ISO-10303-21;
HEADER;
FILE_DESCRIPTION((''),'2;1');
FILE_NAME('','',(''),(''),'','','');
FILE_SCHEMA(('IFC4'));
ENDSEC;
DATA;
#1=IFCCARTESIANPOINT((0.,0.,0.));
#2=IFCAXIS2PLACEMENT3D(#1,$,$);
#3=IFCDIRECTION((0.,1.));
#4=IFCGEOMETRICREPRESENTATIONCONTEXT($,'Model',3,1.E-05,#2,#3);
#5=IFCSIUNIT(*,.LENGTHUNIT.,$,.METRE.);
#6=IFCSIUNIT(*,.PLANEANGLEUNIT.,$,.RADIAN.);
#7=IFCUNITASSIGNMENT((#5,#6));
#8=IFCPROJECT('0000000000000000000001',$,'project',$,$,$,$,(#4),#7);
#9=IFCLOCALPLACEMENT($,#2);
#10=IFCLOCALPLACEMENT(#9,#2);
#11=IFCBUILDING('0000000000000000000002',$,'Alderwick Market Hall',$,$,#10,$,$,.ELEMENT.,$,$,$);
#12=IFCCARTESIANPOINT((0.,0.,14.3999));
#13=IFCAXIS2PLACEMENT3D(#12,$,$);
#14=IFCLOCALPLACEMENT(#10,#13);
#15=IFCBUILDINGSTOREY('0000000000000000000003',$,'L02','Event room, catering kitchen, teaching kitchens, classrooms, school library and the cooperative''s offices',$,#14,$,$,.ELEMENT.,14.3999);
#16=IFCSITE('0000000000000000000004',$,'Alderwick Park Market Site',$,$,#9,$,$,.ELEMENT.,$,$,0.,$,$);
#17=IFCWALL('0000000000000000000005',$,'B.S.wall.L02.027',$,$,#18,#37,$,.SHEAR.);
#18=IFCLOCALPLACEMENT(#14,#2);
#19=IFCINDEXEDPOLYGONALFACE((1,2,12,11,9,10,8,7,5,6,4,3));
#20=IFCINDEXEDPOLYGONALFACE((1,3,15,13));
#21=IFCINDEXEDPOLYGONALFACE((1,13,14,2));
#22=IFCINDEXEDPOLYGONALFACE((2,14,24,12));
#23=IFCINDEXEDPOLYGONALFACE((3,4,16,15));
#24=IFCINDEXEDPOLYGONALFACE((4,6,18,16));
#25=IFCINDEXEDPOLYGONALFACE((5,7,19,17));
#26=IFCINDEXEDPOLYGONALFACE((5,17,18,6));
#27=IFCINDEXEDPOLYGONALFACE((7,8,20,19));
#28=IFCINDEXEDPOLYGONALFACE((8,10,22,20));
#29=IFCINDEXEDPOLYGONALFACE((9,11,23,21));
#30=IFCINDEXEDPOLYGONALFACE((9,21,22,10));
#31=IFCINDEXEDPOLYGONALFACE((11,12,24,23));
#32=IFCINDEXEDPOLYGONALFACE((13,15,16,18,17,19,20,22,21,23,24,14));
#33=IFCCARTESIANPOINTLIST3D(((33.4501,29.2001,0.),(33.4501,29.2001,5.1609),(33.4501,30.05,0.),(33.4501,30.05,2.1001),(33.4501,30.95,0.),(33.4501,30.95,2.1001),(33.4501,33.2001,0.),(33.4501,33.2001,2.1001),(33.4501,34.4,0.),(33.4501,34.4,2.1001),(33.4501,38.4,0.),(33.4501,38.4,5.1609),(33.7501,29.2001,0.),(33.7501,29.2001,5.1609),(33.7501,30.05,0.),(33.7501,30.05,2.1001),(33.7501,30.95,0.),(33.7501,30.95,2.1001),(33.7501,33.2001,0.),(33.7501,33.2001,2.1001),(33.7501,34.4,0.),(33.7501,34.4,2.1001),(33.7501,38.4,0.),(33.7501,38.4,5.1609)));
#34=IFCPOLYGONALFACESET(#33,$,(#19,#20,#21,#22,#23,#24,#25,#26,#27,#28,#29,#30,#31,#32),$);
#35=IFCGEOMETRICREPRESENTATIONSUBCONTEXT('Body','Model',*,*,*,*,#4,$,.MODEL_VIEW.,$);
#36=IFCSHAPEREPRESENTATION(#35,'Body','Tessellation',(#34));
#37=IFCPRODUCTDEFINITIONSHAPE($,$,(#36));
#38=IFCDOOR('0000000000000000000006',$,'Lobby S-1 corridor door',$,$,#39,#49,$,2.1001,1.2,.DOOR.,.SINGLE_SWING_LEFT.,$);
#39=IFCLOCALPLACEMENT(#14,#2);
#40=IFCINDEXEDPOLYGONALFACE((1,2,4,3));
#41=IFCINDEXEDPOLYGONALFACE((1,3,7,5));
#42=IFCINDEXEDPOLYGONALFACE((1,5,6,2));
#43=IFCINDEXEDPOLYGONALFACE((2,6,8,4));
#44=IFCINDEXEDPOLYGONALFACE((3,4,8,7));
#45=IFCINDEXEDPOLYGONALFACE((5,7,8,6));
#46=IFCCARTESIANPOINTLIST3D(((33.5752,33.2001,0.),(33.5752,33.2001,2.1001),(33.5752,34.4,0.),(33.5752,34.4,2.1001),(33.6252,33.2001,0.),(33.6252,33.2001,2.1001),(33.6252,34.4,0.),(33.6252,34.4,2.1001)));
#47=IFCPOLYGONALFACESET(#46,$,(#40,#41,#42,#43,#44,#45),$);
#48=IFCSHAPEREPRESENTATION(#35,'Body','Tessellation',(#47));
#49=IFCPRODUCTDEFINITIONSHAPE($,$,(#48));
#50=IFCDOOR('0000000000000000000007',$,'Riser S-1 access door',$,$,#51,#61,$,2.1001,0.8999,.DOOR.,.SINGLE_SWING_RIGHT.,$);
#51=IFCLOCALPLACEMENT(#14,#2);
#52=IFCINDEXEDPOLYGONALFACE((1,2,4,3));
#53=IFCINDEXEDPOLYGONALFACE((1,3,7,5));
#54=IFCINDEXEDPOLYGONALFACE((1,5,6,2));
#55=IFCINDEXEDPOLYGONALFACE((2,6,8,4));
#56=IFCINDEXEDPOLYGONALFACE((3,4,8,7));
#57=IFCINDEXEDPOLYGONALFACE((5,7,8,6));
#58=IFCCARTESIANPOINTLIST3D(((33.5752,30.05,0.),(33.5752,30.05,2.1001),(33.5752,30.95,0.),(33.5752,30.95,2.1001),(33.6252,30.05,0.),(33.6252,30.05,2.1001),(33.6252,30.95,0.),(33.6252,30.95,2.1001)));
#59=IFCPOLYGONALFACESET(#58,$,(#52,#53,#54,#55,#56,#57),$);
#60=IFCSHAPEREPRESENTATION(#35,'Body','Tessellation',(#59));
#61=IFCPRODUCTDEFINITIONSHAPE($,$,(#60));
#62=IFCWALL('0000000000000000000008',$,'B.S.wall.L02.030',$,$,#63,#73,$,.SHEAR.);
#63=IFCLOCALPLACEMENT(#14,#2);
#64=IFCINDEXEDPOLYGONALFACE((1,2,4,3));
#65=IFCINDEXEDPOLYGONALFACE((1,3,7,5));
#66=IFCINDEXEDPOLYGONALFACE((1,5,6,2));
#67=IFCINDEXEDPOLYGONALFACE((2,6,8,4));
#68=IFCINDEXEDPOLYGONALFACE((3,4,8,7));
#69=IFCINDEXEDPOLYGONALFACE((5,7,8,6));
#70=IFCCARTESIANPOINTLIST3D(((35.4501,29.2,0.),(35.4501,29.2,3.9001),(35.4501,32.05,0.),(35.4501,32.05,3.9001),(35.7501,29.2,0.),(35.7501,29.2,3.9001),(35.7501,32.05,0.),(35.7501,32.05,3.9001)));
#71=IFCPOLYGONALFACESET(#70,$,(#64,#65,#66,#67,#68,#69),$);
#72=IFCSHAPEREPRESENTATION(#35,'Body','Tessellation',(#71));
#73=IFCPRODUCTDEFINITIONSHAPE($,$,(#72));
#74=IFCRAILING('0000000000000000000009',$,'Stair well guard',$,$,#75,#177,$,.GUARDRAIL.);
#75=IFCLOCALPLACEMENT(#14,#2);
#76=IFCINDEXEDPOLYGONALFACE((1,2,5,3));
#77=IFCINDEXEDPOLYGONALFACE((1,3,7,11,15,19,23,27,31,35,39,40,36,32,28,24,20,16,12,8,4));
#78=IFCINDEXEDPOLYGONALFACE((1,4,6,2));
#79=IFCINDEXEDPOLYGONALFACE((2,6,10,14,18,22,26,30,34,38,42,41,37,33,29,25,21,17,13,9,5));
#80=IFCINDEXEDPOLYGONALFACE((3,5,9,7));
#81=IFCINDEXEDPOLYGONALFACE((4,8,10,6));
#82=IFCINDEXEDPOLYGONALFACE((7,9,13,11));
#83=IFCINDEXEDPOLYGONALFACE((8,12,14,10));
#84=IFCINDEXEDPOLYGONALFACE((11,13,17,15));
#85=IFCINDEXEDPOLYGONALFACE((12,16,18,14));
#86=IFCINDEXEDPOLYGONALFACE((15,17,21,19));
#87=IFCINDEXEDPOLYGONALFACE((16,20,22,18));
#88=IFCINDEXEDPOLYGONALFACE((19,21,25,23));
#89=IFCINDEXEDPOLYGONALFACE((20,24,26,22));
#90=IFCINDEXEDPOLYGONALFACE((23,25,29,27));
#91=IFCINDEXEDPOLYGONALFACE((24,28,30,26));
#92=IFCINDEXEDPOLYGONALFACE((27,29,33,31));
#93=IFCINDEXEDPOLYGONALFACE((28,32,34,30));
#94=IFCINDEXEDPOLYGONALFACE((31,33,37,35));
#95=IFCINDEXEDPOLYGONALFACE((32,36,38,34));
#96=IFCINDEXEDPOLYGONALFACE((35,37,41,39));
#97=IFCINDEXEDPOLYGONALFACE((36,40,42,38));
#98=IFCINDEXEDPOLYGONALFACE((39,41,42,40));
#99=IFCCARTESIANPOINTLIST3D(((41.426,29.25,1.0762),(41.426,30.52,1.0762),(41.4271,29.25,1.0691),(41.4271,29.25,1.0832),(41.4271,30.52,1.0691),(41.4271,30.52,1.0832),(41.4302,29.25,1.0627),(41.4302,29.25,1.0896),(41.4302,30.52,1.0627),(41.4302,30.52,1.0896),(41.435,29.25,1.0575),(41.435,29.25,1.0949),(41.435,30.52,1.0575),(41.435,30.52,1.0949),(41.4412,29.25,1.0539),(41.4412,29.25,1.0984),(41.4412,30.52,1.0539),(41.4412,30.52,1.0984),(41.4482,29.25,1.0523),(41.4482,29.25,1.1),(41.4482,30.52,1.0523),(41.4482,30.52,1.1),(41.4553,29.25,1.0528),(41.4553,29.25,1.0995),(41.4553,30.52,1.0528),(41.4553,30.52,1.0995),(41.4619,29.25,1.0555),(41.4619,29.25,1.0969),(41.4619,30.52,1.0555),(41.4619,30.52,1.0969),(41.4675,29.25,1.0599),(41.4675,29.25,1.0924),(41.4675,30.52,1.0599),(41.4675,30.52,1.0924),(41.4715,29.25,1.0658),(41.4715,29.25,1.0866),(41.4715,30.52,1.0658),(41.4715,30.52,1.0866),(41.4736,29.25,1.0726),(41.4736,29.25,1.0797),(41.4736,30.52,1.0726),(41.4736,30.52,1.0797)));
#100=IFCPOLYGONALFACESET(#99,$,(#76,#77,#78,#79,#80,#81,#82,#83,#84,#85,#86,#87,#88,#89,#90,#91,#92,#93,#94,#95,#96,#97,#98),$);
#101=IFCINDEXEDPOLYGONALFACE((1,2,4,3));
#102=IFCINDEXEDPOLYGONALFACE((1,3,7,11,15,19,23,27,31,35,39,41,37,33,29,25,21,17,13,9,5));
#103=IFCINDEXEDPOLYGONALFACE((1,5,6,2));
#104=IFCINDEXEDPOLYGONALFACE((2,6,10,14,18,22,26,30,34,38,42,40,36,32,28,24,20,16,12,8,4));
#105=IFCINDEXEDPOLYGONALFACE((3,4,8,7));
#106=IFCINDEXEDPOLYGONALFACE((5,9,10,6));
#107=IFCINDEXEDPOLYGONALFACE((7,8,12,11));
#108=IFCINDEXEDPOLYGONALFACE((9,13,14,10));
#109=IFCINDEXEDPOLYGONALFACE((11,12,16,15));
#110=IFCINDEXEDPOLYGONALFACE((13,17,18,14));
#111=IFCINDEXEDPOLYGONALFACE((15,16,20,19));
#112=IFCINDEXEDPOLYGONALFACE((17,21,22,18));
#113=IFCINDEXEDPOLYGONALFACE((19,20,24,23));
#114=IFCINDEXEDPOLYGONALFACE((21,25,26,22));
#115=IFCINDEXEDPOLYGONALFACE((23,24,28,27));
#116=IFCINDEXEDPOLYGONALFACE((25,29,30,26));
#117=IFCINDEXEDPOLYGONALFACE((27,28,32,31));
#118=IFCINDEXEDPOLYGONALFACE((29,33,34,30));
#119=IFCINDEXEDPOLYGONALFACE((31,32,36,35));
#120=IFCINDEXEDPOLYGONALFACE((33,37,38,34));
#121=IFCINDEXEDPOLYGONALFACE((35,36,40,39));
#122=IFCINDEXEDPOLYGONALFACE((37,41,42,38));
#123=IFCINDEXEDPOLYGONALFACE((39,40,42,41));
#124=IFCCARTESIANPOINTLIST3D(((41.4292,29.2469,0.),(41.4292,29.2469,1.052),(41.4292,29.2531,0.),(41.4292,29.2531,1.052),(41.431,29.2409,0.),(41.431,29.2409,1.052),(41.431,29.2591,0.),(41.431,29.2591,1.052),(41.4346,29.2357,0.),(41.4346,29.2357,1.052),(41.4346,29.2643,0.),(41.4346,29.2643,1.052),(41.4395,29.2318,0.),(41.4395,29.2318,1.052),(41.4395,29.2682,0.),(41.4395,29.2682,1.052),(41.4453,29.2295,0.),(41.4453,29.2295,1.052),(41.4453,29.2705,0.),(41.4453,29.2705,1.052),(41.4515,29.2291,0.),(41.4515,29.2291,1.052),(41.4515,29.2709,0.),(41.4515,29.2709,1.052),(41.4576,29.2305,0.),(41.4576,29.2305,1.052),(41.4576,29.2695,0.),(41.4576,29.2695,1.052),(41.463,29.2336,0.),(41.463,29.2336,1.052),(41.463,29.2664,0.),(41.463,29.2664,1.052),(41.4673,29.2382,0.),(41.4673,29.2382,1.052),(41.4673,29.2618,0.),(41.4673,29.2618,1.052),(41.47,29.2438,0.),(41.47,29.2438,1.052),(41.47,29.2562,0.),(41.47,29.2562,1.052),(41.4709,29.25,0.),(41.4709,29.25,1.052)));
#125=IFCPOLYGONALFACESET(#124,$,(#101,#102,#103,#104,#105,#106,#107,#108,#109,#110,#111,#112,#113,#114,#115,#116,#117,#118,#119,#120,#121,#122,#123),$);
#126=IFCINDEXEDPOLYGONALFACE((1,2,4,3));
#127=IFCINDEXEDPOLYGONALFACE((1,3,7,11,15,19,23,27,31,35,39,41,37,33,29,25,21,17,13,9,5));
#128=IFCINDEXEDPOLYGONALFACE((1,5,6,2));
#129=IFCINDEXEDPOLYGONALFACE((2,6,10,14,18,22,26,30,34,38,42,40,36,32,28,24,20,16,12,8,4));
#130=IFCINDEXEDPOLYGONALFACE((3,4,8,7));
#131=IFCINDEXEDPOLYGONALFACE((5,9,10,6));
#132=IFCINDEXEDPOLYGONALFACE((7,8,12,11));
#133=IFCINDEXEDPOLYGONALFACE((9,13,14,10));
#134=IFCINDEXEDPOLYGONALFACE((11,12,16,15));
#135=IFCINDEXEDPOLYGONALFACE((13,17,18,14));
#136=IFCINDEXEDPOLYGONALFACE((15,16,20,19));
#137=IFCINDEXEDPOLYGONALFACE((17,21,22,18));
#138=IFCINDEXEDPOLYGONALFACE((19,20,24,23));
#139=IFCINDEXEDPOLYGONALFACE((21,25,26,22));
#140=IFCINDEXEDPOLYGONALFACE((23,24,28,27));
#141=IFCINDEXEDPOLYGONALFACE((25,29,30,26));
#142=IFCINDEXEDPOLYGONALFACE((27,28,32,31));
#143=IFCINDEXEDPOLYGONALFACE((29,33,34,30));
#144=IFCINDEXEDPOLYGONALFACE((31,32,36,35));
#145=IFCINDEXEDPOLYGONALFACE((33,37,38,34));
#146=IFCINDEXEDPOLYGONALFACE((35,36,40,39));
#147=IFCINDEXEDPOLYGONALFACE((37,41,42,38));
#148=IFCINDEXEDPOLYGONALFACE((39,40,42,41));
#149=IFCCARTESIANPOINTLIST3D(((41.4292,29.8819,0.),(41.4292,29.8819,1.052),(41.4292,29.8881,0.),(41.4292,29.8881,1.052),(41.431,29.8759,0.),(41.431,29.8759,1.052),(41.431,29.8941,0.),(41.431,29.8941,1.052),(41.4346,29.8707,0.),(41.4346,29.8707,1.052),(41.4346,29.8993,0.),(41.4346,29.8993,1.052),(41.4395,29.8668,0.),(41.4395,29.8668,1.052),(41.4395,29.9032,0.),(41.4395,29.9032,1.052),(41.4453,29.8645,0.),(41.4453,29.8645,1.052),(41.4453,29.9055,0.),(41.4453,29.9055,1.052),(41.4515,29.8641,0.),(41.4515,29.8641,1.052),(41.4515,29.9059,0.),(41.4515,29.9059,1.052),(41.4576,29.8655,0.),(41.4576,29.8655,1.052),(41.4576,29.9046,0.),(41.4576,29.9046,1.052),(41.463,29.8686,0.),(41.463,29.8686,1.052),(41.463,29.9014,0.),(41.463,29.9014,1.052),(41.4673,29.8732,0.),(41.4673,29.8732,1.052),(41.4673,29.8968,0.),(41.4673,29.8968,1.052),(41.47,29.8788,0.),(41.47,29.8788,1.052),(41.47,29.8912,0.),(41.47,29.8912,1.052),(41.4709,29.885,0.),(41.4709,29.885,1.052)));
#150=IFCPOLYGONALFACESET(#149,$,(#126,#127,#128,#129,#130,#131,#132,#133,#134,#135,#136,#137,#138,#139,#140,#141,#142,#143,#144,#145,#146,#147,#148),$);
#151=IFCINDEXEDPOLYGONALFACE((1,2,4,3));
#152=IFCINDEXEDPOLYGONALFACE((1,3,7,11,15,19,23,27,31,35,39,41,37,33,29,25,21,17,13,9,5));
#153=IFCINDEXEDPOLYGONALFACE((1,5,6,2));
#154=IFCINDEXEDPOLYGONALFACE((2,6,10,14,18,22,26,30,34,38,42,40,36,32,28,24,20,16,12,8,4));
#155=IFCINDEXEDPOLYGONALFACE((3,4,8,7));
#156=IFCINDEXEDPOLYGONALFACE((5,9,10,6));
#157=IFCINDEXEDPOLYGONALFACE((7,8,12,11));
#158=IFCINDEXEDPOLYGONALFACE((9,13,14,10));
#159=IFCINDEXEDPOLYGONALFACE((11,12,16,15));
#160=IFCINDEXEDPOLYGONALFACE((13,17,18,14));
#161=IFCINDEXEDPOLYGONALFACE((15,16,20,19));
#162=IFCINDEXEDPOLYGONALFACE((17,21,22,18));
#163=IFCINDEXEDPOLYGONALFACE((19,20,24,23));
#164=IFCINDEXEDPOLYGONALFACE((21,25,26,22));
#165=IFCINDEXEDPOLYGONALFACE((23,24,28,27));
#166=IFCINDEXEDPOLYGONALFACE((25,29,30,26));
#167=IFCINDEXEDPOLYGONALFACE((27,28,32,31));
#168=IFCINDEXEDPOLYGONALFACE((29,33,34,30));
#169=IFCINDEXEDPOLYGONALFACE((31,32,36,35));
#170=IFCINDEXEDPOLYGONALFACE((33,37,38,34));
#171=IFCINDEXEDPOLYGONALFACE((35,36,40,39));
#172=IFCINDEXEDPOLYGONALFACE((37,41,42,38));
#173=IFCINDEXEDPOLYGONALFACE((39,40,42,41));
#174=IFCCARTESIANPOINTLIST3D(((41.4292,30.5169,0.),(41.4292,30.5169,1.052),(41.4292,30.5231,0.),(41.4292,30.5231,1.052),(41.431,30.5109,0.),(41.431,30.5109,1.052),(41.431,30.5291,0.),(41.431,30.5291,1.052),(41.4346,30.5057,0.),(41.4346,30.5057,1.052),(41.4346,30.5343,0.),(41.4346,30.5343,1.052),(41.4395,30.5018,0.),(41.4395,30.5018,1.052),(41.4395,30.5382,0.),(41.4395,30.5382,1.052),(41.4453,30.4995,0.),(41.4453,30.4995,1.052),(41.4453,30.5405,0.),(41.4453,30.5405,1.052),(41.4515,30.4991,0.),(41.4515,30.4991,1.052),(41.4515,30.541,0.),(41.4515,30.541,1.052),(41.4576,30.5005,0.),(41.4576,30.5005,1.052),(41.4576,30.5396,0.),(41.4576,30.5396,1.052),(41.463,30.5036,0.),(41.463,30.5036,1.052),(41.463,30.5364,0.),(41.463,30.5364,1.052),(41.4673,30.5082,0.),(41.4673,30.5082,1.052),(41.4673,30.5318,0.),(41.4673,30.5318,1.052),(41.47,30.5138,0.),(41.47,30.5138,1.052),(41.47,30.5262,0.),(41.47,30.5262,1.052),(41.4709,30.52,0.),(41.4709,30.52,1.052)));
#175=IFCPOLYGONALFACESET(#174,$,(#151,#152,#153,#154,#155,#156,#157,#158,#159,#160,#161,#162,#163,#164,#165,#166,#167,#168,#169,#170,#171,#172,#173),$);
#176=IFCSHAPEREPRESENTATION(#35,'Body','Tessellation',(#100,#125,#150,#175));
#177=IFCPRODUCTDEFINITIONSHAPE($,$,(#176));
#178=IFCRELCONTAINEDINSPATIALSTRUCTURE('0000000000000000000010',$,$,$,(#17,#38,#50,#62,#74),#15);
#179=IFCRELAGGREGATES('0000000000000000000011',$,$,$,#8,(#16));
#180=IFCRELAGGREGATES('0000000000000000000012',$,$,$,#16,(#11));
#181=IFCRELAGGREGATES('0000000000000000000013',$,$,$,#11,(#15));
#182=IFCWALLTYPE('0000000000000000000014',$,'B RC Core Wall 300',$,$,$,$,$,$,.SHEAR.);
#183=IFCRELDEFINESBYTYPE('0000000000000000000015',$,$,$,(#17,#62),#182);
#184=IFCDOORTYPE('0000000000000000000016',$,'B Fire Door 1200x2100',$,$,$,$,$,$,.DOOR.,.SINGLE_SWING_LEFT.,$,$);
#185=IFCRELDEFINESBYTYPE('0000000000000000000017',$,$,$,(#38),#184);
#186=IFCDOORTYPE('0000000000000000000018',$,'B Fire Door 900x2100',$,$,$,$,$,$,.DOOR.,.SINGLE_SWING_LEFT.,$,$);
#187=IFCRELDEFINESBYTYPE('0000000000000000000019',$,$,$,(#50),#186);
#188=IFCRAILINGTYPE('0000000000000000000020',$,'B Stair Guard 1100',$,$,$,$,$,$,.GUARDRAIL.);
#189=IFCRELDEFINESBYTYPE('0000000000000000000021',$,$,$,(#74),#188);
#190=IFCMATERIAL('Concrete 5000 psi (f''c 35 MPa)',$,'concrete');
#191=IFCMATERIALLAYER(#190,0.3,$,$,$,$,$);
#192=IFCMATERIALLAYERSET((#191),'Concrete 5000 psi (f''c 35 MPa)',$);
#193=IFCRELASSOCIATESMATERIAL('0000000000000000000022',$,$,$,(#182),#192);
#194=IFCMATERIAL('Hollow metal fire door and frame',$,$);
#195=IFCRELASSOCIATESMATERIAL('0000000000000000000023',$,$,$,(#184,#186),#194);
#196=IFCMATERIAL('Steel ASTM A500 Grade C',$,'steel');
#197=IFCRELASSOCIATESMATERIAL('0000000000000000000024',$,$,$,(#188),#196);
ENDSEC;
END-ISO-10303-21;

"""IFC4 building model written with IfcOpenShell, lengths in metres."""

from ifc_helpers import new_model, si_unit, direction, frame, frame_2d, origin, origin_2d, place, context, subcontext, project, spatial, rectangle, circle, extrude, material, layer, layer_set, type_object, element, fill, save


model = new_model("IFC4")

# Units and contexts
model_context = context("Model", 3, precision=1e-05, world=origin(), true_north=direction((0.0, 1.0)))
body_context = subcontext(model_context, "Body", "Model", "MODEL_VIEW")
ifc_project = project(units=[si_unit("LENGTHUNIT", "METRE"), si_unit("PLANEANGLEUNIT", "RADIAN")], contexts=[model_context])

# Site, building, storey
site_placement = place(None, origin())
site = spatial("IfcSite", under=ifc_project, at=site_placement, Name="Alderwick Park Market Site", CompositionType="ELEMENT", RefElevation=0.0)
building_placement = place(site_placement, origin())
building = spatial("IfcBuilding", under=site, at=building_placement, Name="Alderwick Market Hall", CompositionType="ELEMENT")
storey_placement = place(building_placement, frame((0.0, 0.0, 14.3999)))
storey = spatial("IfcBuildingStorey", under=building, at=storey_placement, Name="L02", Description="Event room, catering kitchen, teaching kitchens, classrooms, school library and the cooperative's offices", CompositionType="ELEMENT", Elevation=14.3999)

# Wall, openings, doors
ifc_material_1 = material(Name="Concrete 5000 psi (f'c 35 MPa)", Category="concrete")
ifc_layer_1 = layer(ifc_material_1, 0.3)
ifc_layer_set_1 = layer_set([ifc_layer_1], Name="Concrete 5000 psi (f'c 35 MPa)")
wall_type_1 = type_object("IfcWallType", Name="B RC Core Wall 300", PredefinedType="SHEAR", material=ifc_layer_set_1)
wall_1_placement = place(storey_placement, frame((33.6001, 29.2, 0.0), z_axis=(0.0, 0.0, 1.0), x_axis=(0.0, 1.0, 0.0)))
wall_1 = element("IfcWall", 1, at=wall_1_placement, inside=storey, type_object=wall_type_1, Name="B.S.wall.L02.027", PredefinedType="SHEAR", context=body_context, shape_type="SweptSolid", body=[
    extrude(rectangle(XDim=9.2, YDim=0.3, at=frame_2d((4.6001, 0.0))), origin(), (0.0, 0.0, 1.0), 5.1609),
])
opening_1_placement = place(wall_1_placement, frame((4.0, 0.0, 0.0)))
opening_1 = element("IfcOpeningElement", 2, at=opening_1_placement, cuts=wall_1, PredefinedType="OPENING", context=body_context, shape_type="SweptSolid", body=[
    extrude(rectangle(XDim=1.2, YDim=2.1001, at=frame_2d((0.6001, 1.05))), frame((0.0, 0.1599, 0.0), z_axis=(0.0, -1.0, 0.0), x_axis=(1.0, 0.0, 0.0)), (0.0, 0.0, 1.0), 0.3201),
])
opening_2_placement = place(wall_1_placement, frame((0.8501, 0.0, 0.0)))
opening_2 = element("IfcOpeningElement", 3, at=opening_2_placement, cuts=wall_1, PredefinedType="OPENING", context=body_context, shape_type="SweptSolid", body=[
    extrude(rectangle(XDim=0.8999, YDim=2.1001, at=frame_2d((0.45, 1.05))), frame((0.0, 0.1599, 0.0), z_axis=(0.0, -1.0, 0.0), x_axis=(1.0, 0.0, 0.0)), (0.0, 0.0, 1.0), 0.3201),
])
ifc_material_2 = material(Name="Hollow metal fire door and frame")
door_type_1 = type_object("IfcDoorType", Name="B Fire Door 1200x2100", OperationType="SINGLE_SWING_LEFT", PredefinedType="DOOR", material=ifc_material_2)
door_1_placement = place(opening_1_placement, origin())
door_1 = element("IfcDoor", 4, at=door_1_placement, inside=storey, type_object=door_type_1, Name="Lobby S-1 corridor door", OperationType="SINGLE_SWING_LEFT", OverallHeight=2.1001, OverallWidth=1.2, PredefinedType="DOOR", context=body_context, shape_type="SweptSolid", body=[
    extrude(rectangle(XDim=1.2, YDim=2.1001, at=frame_2d((0.6001, 1.05))), frame((0.0, 0.0249, 0.0), z_axis=(0.0, -1.0, 0.0), x_axis=(1.0, 0.0, 0.0)), (0.0, 0.0, 1.0), 0.05),
])
fill(opening_1, door_1)
door_type_2 = type_object("IfcDoorType", Name="B Fire Door 900x2100", OperationType="SINGLE_SWING_LEFT", PredefinedType="DOOR", material=ifc_material_2)
door_2_placement = place(opening_2_placement, origin())
door_2 = element("IfcDoor", 5, at=door_2_placement, inside=storey, type_object=door_type_2, Name="Riser S-1 access door", OperationType="SINGLE_SWING_RIGHT", OverallHeight=2.1001, OverallWidth=0.8999, PredefinedType="DOOR", context=body_context, shape_type="SweptSolid", body=[
    extrude(rectangle(XDim=0.8999, YDim=2.1001, at=frame_2d((0.45, 1.05))), frame((0.0, 0.0249, 0.0), z_axis=(0.0, -1.0, 0.0), x_axis=(1.0, 0.0, 0.0)), (0.0, 0.0, 1.0), 0.05),
])
fill(opening_2, door_2)

# Wall
wall_2_placement = place(storey_placement, frame((35.6001, 29.2, 0.0), z_axis=(0.0, 0.0, 1.0), x_axis=(0.0, 1.0, 0.0)))
element("IfcWall", 6, at=wall_2_placement, inside=storey, type_object=wall_type_1, Name="B.S.wall.L02.030", PredefinedType="SHEAR", context=body_context, shape_type="SweptSolid", body=[
    extrude(rectangle(XDim=2.8501, YDim=0.3, at=frame_2d((1.425, 0.0))), origin(), (0.0, 0.0, 1.0), 3.9001),
])

# Railing
ifc_material_3 = material(Name="Steel ASTM A500 Grade C", Category="steel")
railing_type = type_object("IfcRailingType", Name="B Stair Guard 1100", PredefinedType="GUARDRAIL", material=ifc_material_3)
railing_placement = place(storey_placement, frame((41.45, 29.25, 0.0)))
element("IfcRailing", 7, at=railing_placement, inside=storey, type_object=railing_type, Name="Stair well guard", PredefinedType="GUARDRAIL", context=body_context, shape_type="SweptSolid", body=[
    extrude(circle(Radius=0.0239, at=origin_2d()), frame((0.0, 0.0, 1.0762), z_axis=(0.0, 1.0, 0.0), x_axis=(-1.0, 0.0, 0.0)), (0.0, 0.0, 1.0), 1.27),
    extrude(circle(Radius=0.021, at=origin_2d()), origin(), (0.0, 0.0, 1.0), 1.052),
    extrude(circle(Radius=0.021, at=origin_2d()), frame((0.0, 0.635, 0.0)), (0.0, 0.0, 1.0), 1.052),
    extrude(circle(Radius=0.021, at=origin_2d()), frame((0.0, 1.27, 0.0)), (0.0, 0.0, 1.0), 1.052),
])

save(model, "model.ifc")
